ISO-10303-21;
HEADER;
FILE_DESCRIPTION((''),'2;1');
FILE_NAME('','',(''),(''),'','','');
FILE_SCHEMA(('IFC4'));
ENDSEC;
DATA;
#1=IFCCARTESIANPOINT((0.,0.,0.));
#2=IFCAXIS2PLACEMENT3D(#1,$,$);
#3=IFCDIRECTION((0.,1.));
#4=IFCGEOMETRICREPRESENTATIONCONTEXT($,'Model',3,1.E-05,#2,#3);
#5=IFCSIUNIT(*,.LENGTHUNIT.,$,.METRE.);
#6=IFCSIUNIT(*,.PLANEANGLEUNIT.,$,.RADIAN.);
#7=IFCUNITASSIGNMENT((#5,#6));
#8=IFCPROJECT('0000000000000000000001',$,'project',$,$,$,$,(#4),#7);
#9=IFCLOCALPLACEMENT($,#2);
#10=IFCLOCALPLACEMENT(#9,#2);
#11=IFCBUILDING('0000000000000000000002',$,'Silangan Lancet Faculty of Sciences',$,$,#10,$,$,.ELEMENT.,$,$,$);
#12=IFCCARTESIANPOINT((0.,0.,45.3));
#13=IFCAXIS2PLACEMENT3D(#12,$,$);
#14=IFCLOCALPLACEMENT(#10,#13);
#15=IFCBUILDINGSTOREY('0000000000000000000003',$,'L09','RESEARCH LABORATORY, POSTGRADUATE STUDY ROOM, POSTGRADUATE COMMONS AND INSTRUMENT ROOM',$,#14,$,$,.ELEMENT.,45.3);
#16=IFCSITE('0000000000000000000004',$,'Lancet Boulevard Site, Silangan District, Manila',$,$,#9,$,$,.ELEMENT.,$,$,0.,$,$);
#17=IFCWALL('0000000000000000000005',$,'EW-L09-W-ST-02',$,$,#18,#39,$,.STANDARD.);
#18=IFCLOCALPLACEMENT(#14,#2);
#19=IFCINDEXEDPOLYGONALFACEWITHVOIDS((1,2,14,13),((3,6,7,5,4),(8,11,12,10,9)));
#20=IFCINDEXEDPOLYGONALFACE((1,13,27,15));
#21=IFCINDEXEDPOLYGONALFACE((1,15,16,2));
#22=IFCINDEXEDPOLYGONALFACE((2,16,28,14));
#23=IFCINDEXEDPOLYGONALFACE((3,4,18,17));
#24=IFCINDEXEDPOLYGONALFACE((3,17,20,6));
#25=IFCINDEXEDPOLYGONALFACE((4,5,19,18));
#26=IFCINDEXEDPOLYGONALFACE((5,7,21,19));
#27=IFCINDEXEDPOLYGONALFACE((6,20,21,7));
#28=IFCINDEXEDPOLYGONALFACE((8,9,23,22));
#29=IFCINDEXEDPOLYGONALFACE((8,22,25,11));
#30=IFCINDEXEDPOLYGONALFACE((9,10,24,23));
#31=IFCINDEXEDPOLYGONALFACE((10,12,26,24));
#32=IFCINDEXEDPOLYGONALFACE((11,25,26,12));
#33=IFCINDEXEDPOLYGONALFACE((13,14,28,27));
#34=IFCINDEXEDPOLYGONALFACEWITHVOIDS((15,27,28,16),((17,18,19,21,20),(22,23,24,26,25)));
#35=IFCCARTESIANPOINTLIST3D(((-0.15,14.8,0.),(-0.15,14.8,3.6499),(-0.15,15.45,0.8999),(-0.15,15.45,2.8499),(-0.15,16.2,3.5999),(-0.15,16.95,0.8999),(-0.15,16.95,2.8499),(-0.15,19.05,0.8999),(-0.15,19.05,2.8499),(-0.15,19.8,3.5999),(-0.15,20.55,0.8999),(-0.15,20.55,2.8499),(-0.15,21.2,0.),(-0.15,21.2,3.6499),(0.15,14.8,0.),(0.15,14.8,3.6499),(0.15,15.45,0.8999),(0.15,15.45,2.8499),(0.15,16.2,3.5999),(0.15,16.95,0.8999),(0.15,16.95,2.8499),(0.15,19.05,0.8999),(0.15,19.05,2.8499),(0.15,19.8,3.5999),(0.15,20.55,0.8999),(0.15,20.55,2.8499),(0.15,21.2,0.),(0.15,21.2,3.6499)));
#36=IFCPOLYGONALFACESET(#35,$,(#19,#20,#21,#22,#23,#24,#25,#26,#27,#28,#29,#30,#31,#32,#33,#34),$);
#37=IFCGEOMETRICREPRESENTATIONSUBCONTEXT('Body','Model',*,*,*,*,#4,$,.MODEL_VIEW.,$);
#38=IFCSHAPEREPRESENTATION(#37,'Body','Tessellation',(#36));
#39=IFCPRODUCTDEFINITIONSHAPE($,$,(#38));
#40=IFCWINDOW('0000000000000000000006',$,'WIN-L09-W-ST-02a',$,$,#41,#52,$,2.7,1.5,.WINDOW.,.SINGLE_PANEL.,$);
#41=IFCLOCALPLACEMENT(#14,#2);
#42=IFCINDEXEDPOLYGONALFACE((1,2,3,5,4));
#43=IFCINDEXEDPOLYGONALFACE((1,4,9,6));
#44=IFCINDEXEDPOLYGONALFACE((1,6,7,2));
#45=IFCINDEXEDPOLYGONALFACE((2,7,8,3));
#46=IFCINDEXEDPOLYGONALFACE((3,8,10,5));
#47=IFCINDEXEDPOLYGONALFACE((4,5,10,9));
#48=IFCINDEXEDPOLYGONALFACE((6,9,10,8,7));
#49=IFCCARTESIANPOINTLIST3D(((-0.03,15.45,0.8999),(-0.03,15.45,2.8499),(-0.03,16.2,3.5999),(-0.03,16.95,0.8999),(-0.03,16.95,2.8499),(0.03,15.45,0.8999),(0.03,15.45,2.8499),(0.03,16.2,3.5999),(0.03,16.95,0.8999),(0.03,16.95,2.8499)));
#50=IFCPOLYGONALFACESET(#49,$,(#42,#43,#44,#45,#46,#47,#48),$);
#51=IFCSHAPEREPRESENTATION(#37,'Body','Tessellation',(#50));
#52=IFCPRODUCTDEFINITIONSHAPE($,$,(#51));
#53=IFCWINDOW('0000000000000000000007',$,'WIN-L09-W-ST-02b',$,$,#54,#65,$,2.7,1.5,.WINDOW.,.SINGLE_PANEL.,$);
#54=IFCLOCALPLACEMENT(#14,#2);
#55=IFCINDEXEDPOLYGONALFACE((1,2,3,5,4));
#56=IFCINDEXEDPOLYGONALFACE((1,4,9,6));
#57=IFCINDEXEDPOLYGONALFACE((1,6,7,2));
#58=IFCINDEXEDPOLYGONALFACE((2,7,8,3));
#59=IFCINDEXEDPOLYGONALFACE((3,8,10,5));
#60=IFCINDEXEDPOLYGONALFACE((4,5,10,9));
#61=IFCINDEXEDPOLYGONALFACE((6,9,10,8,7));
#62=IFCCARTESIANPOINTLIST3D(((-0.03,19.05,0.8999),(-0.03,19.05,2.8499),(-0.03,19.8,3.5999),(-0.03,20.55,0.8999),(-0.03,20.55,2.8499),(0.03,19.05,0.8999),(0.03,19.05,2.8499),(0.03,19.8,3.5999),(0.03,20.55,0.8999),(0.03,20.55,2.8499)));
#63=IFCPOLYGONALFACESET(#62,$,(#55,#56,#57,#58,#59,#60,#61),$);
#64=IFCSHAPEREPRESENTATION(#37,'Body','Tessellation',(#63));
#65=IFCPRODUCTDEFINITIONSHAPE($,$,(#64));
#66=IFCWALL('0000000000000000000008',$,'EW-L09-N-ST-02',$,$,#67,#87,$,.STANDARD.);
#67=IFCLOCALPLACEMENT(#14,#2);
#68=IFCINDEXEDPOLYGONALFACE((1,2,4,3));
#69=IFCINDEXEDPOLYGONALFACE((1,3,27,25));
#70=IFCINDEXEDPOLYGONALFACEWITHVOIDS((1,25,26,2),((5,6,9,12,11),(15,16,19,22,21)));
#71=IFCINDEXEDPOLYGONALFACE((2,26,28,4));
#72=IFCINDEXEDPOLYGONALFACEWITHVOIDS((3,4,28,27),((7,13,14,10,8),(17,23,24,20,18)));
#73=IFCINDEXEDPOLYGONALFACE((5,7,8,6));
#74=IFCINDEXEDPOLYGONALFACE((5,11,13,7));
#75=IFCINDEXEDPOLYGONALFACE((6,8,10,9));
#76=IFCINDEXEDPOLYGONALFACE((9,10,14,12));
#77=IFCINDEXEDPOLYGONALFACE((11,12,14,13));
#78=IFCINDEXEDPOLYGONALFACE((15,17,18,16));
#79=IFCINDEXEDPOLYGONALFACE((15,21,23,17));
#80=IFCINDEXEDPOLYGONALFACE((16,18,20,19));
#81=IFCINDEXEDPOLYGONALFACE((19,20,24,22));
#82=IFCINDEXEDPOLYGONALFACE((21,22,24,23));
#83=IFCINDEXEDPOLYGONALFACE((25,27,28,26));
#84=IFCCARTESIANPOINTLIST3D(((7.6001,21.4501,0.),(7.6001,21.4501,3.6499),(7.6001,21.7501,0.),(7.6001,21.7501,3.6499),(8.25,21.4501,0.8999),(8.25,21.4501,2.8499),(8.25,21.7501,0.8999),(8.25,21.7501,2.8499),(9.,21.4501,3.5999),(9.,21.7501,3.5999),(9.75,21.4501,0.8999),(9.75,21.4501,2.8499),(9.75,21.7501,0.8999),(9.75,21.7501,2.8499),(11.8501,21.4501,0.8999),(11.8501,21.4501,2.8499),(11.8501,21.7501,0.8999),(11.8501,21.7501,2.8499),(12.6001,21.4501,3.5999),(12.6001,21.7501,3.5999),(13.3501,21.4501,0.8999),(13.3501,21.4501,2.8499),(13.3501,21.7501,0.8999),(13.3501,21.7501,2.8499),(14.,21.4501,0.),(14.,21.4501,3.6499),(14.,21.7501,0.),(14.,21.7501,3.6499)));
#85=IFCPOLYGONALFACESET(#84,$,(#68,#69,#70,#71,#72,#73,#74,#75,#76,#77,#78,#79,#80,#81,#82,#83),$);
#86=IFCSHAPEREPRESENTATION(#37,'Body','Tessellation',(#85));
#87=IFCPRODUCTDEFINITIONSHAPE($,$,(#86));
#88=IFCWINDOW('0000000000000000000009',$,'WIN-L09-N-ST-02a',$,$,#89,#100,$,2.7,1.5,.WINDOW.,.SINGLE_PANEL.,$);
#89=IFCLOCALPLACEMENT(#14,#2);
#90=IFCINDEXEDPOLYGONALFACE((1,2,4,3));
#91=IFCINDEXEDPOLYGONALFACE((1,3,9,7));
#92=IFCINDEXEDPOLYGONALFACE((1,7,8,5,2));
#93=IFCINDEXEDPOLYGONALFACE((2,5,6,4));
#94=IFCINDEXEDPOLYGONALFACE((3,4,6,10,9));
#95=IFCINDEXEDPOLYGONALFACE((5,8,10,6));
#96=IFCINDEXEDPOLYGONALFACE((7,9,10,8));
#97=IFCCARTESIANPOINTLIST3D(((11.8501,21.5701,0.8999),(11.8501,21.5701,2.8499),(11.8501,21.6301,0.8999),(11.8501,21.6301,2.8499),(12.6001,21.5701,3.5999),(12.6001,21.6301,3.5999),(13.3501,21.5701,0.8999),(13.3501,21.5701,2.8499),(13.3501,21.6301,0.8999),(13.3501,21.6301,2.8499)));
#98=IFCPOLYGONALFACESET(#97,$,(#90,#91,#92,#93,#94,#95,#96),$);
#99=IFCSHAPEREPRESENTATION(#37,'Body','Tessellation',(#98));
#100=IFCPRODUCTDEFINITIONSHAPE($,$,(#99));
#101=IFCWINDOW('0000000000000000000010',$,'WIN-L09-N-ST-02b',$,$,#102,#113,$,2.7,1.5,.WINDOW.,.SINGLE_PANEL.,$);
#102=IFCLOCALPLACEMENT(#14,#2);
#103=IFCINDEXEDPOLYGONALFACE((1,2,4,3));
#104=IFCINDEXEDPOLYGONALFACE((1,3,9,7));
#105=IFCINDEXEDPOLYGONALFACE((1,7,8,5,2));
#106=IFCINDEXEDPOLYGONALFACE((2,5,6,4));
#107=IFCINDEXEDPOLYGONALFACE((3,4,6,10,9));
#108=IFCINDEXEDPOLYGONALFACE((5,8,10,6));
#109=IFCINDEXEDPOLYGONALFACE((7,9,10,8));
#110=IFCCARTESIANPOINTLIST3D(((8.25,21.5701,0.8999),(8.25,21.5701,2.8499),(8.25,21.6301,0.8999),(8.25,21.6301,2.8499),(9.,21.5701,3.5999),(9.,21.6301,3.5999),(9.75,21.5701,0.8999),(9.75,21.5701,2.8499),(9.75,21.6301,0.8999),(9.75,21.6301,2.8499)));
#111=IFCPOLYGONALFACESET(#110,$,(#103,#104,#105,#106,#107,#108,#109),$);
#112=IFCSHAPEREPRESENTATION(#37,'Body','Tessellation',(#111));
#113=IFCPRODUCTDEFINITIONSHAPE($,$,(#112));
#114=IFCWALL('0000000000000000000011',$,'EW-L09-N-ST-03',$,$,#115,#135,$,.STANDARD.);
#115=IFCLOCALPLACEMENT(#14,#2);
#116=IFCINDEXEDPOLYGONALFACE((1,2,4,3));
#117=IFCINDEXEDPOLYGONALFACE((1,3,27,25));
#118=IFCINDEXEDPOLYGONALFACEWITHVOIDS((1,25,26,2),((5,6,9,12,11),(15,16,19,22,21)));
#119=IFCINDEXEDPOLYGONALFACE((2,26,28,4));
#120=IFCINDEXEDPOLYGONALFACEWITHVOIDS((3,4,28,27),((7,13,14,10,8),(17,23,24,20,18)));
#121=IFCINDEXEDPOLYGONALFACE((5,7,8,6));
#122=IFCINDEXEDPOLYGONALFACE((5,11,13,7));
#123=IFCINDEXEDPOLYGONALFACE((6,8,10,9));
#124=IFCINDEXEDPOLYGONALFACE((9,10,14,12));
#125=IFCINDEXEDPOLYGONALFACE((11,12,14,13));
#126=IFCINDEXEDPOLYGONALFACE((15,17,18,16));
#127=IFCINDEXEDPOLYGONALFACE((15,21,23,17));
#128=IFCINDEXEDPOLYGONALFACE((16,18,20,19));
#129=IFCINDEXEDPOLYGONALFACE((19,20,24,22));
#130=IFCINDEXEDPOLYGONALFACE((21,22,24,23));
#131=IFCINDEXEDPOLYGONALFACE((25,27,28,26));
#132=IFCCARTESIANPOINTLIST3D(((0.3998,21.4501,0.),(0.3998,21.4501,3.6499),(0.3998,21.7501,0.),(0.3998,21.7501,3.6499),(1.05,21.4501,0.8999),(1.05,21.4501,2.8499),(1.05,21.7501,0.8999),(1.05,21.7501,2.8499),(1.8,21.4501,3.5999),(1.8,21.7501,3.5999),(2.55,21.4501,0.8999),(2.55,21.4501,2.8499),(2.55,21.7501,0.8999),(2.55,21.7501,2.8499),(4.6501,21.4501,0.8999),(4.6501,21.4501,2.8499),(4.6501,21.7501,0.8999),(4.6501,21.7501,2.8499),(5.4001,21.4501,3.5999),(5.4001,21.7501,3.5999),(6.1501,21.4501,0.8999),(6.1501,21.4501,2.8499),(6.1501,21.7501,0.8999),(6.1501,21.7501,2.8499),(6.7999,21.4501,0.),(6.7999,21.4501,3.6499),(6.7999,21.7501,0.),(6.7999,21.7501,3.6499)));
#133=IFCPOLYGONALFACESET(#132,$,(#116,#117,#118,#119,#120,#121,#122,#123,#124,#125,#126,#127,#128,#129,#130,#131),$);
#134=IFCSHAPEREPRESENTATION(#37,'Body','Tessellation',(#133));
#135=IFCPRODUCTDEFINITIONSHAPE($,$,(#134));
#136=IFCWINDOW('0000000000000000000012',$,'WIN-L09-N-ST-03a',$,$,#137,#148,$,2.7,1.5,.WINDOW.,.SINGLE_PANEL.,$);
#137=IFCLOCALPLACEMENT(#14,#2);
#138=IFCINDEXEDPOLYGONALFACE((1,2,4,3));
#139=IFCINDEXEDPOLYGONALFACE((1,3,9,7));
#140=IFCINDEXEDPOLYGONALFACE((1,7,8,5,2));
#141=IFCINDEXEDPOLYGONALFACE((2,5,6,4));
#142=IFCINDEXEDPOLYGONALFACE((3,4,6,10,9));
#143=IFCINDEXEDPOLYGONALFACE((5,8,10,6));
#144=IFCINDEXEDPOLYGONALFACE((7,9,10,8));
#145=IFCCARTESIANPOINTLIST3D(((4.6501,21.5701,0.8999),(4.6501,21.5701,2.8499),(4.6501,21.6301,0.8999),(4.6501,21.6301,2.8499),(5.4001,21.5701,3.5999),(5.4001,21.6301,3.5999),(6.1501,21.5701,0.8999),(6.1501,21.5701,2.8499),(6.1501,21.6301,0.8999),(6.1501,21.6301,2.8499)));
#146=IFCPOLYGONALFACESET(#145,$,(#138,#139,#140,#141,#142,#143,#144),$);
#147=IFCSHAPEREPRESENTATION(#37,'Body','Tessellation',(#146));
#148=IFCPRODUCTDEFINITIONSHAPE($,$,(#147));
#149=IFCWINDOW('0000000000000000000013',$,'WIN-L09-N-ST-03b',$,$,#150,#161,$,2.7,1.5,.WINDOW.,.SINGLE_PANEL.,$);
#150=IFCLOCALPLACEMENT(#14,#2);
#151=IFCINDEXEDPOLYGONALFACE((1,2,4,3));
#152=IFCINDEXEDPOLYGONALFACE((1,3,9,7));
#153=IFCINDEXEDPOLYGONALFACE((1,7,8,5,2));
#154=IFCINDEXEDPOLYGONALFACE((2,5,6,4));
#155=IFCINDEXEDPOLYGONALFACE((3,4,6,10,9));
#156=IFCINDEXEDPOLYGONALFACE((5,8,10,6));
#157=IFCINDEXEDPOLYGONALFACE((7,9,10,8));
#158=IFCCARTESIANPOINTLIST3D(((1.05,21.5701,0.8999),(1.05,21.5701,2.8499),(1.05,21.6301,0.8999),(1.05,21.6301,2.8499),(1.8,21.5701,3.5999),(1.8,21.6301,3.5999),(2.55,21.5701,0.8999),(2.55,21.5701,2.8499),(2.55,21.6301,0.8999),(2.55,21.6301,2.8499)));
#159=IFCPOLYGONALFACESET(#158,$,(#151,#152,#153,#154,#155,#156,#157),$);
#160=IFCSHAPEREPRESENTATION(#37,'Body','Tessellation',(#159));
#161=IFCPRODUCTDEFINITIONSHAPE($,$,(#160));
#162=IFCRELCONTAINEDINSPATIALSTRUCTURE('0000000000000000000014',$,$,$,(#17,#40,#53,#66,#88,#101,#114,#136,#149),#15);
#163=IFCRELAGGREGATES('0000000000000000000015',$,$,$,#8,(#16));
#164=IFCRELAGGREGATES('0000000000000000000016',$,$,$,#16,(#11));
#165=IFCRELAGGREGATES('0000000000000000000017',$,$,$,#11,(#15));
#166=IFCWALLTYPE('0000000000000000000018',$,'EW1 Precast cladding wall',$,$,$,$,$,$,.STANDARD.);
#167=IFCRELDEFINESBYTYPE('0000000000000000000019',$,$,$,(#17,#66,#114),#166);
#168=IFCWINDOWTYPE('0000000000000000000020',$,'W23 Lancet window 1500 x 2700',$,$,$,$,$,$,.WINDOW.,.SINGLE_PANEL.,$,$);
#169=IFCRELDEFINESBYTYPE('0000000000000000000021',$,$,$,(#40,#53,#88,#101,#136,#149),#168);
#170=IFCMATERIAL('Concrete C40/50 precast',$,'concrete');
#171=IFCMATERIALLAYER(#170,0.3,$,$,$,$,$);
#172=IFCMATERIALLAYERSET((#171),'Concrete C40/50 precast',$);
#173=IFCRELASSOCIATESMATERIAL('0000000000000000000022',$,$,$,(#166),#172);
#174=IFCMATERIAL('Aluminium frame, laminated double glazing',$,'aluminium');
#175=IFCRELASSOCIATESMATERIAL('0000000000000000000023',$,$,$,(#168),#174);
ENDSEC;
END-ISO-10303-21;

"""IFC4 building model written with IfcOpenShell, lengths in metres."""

from ifc_helpers import new_model, si_unit, direction, frame, frame_2d, origin, place, context, subcontext, project, spatial, polyline, rectangle, outline, extrude, material, layer, layer_set, type_object, element, fill, save


model = new_model("IFC4")

# Units and contexts
model_context = context("Model", 3, precision=1e-05, world=origin(), true_north=direction((0.0, 1.0)))
body_context = subcontext(model_context, "Body", "Model", "MODEL_VIEW")
ifc_project = project(units=[si_unit("LENGTHUNIT", "METRE"), si_unit("PLANEANGLEUNIT", "RADIAN")], contexts=[model_context])

# Site, building, storey
site_placement = place(None, origin())
site = spatial("IfcSite", under=ifc_project, at=site_placement, Name="Lancet Boulevard Site, Silangan District, Manila", CompositionType="ELEMENT", RefElevation=0.0)
building_placement = place(site_placement, origin())
building = spatial("IfcBuilding", under=site, at=building_placement, Name="Silangan Lancet Faculty of Sciences", CompositionType="ELEMENT")
storey_placement = place(building_placement, frame((0.0, 0.0, 45.3)))
storey = spatial("IfcBuildingStorey", under=building, at=storey_placement, Name="L09", Description="RESEARCH LABORATORY, POSTGRADUATE STUDY ROOM, POSTGRADUATE COMMONS AND INSTRUMENT ROOM", CompositionType="ELEMENT", Elevation=45.3)

# Walls, openings, windows
ifc_material_1 = material(Name="Concrete C40/50 precast", Category="concrete")
ifc_layer_1 = layer(ifc_material_1, 0.3)
ifc_layer_set_1 = layer_set([ifc_layer_1], Name="Concrete C40/50 precast")
wall_type_1 = type_object("IfcWallType", Name="EW1 Precast cladding wall", PredefinedType="STANDARD", material=ifc_layer_set_1)
wall_1_placement = place(storey_placement, frame((0.0, 14.8, 0.0), z_axis=(0.0, 0.0, 1.0), x_axis=(0.0, 1.0, 0.0)))
wall_1 = element("IfcWall", 1, at=wall_1_placement, inside=storey, type_object=wall_type_1, Name="EW-L09-W-ST-02", PredefinedType="STANDARD", context=body_context, shape_type="SweptSolid", body=[
    extrude(rectangle(XDim=6.3999, YDim=0.3, at=frame_2d((3.2, 0.0))), origin(), (0.0, 0.0, 1.0), 3.6499),
])
opening_1_placement = place(wall_1_placement, frame((0.6499, 0.0, 0.8999)))
opening_1 = element("IfcOpeningElement", 2, at=opening_1_placement, cuts=wall_1, PredefinedType="OPENING", context=body_context, shape_type="SweptSolid", body=[
    extrude(outline(polyline([(0.0, 0.0), (1.5, 0.0), (1.5, 1.95), (0.75, 2.7), (0.0, 1.95), (0.0, 0.0)])), frame((0.0, 0.1599, 0.0), z_axis=(0.0, -1.0, 0.0), x_axis=(1.0, 0.0, 0.0)), (0.0, 0.0, 1.0), 0.3201),
])
opening_2_placement = place(wall_1_placement, frame((4.25, 0.0, 0.8999)))
opening_2 = element("IfcOpeningElement", 3, at=opening_2_placement, cuts=wall_1, PredefinedType="OPENING", context=body_context, shape_type="SweptSolid", body=[
    extrude(outline(polyline([(0.0, 0.0), (1.5, 0.0), (1.5, 1.95), (0.75, 2.7), (0.0, 1.95), (0.0, 0.0)])), frame((0.0, 0.1599, 0.0), z_axis=(0.0, -1.0, 0.0), x_axis=(1.0, 0.0, 0.0)), (0.0, 0.0, 1.0), 0.3201),
])
ifc_material_2 = material(Name="Aluminium frame, laminated double glazing", Category="aluminium")
window_type = type_object("IfcWindowType", Name="W23 Lancet window 1500 x 2700", PartitioningType="SINGLE_PANEL", PredefinedType="WINDOW", material=ifc_material_2)
window_1_placement = place(opening_1_placement, origin())
window_1 = element("IfcWindow", 4, at=window_1_placement, inside=storey, type_object=window_type, Name="WIN-L09-W-ST-02a", OverallHeight=2.7, OverallWidth=1.5, PartitioningType="SINGLE_PANEL", PredefinedType="WINDOW", context=body_context, shape_type="SweptSolid", body=[
    extrude(outline(polyline([(0.0, 0.0), (1.5, 0.0), (1.5, 1.95), (0.75, 2.7), (0.0, 1.95), (0.0, 0.0)])), frame((0.0, 0.03, 0.0), z_axis=(0.0, -1.0, 0.0), x_axis=(1.0, 0.0, 0.0)), (0.0, 0.0, 1.0), 0.0601),
])
fill(opening_1, window_1)
window_2_placement = place(opening_2_placement, origin())
window_2 = element("IfcWindow", 5, at=window_2_placement, inside=storey, type_object=window_type, Name="WIN-L09-W-ST-02b", OverallHeight=2.7, OverallWidth=1.5, PartitioningType="SINGLE_PANEL", PredefinedType="WINDOW", context=body_context, shape_type="SweptSolid", body=[
    extrude(outline(polyline([(0.0, 0.0), (1.5, 0.0), (1.5, 1.95), (0.75, 2.7), (0.0, 1.95), (0.0, 0.0)])), frame((0.0, 0.03, 0.0), z_axis=(0.0, -1.0, 0.0), x_axis=(1.0, 0.0, 0.0)), (0.0, 0.0, 1.0), 0.0601),
])
fill(opening_2, window_2)
wall_2_placement = place(storey_placement, frame((14.0, 21.6001, 0.0), z_axis=(0.0, 0.0, 1.0), x_axis=(-1.0, 0.0, 0.0)))
wall_2 = element("IfcWall", 6, at=wall_2_placement, inside=storey, type_object=wall_type_1, Name="EW-L09-N-ST-02", PredefinedType="STANDARD", context=body_context, shape_type="SweptSolid", body=[
    extrude(rectangle(XDim=6.3999, YDim=0.3, at=frame_2d((3.2, 0.0))), origin(), (0.0, 0.0, 1.0), 3.6499),
])
opening_3_placement = place(wall_2_placement, frame((0.6499, 0.0, 0.8999)))
opening_3 = element("IfcOpeningElement", 7, at=opening_3_placement, cuts=wall_2, PredefinedType="OPENING", context=body_context, shape_type="SweptSolid", body=[
    extrude(outline(polyline([(0.0, 0.0), (1.5, 0.0), (1.5, 1.95), (0.75, 2.7), (0.0, 1.95), (0.0, 0.0)])), frame((0.0, 0.1599, 0.0), z_axis=(0.0, -1.0, 0.0), x_axis=(1.0, 0.0, 0.0)), (0.0, 0.0, 1.0), 0.3201),
])
opening_4_placement = place(wall_2_placement, frame((4.25, 0.0, 0.8999)))
opening_4 = element("IfcOpeningElement", 8, at=opening_4_placement, cuts=wall_2, PredefinedType="OPENING", context=body_context, shape_type="SweptSolid", body=[
    extrude(outline(polyline([(0.0, 0.0), (1.5, 0.0), (1.5, 1.95), (0.75, 2.7), (0.0, 1.95), (0.0, 0.0)])), frame((0.0, 0.1599, 0.0), z_axis=(0.0, -1.0, 0.0), x_axis=(1.0, 0.0, 0.0)), (0.0, 0.0, 1.0), 0.3201),
])
window_3_placement = place(opening_3_placement, origin())
window_3 = element("IfcWindow", 9, at=window_3_placement, inside=storey, type_object=window_type, Name="WIN-L09-N-ST-02a", OverallHeight=2.7, OverallWidth=1.5, PartitioningType="SINGLE_PANEL", PredefinedType="WINDOW", context=body_context, shape_type="SweptSolid", body=[
    extrude(outline(polyline([(0.0, 0.0), (1.5, 0.0), (1.5, 1.95), (0.75, 2.7), (0.0, 1.95), (0.0, 0.0)])), frame((0.0, 0.03, 0.0), z_axis=(0.0, -1.0, 0.0), x_axis=(1.0, 0.0, 0.0)), (0.0, 0.0, 1.0), 0.0601),
])
fill(opening_3, window_3)
window_4_placement = place(opening_4_placement, origin())
window_4 = element("IfcWindow", 10, at=window_4_placement, inside=storey, type_object=window_type, Name="WIN-L09-N-ST-02b", OverallHeight=2.7, OverallWidth=1.5, PartitioningType="SINGLE_PANEL", PredefinedType="WINDOW", context=body_context, shape_type="SweptSolid", body=[
    extrude(outline(polyline([(0.0, 0.0), (1.5, 0.0), (1.5, 1.95), (0.75, 2.7), (0.0, 1.95), (0.0, 0.0)])), frame((0.0, 0.03, 0.0), z_axis=(0.0, -1.0, 0.0), x_axis=(1.0, 0.0, 0.0)), (0.0, 0.0, 1.0), 0.0601),
])
fill(opening_4, window_4)
wall_3_placement = place(storey_placement, frame((6.8, 21.6001, 0.0), z_axis=(0.0, 0.0, 1.0), x_axis=(-1.0, 0.0, 0.0)))
wall_3 = element("IfcWall", 11, at=wall_3_placement, inside=storey, type_object=wall_type_1, Name="EW-L09-N-ST-03", PredefinedType="STANDARD", context=body_context, shape_type="SweptSolid", body=[
    extrude(rectangle(XDim=6.4001, YDim=0.3, at=frame_2d((3.2002, 0.0))), origin(), (0.0, 0.0, 1.0), 3.6499),
])
opening_5_placement = place(wall_3_placement, frame((0.6499, 0.0, 0.8999)))
opening_5 = element("IfcOpeningElement", 12, at=opening_5_placement, cuts=wall_3, PredefinedType="OPENING", context=body_context, shape_type="SweptSolid", body=[
    extrude(outline(polyline([(0.0, 0.0), (1.5, 0.0), (1.5, 1.95), (0.75, 2.7), (0.0, 1.95), (0.0, 0.0)])), frame((0.0, 0.1599, 0.0), z_axis=(0.0, -1.0, 0.0), x_axis=(1.0, 0.0, 0.0)), (0.0, 0.0, 1.0), 0.3201),
])
opening_6_placement = place(wall_3_placement, frame((4.25, 0.0, 0.8999)))
opening_6 = element("IfcOpeningElement", 13, at=opening_6_placement, cuts=wall_3, PredefinedType="OPENING", context=body_context, shape_type="SweptSolid", body=[
    extrude(outline(polyline([(0.0, 0.0), (1.5, 0.0), (1.5, 1.95), (0.75, 2.7), (0.0, 1.95), (0.0, 0.0)])), frame((0.0, 0.1599, 0.0), z_axis=(0.0, -1.0, 0.0), x_axis=(1.0, 0.0, 0.0)), (0.0, 0.0, 1.0), 0.3201),
])
window_5_placement = place(opening_5_placement, origin())
window_5 = element("IfcWindow", 14, at=window_5_placement, inside=storey, type_object=window_type, Name="WIN-L09-N-ST-03a", OverallHeight=2.7, OverallWidth=1.5, PartitioningType="SINGLE_PANEL", PredefinedType="WINDOW", context=body_context, shape_type="SweptSolid", body=[
    extrude(outline(polyline([(0.0, 0.0), (1.5, 0.0), (1.5, 1.95), (0.75, 2.7), (0.0, 1.95), (0.0, 0.0)])), frame((0.0, 0.03, 0.0), z_axis=(0.0, -1.0, 0.0), x_axis=(1.0, 0.0, 0.0)), (0.0, 0.0, 1.0), 0.0601),
])
fill(opening_5, window_5)
window_6_placement = place(opening_6_placement, origin())
window_6 = element("IfcWindow", 15, at=window_6_placement, inside=storey, type_object=window_type, Name="WIN-L09-N-ST-03b", OverallHeight=2.7, OverallWidth=1.5, PartitioningType="SINGLE_PANEL", PredefinedType="WINDOW", context=body_context, shape_type="SweptSolid", body=[
    extrude(outline(polyline([(0.0, 0.0), (1.5, 0.0), (1.5, 1.95), (0.75, 2.7), (0.0, 1.95), (0.0, 0.0)])), frame((0.0, 0.03, 0.0), z_axis=(0.0, -1.0, 0.0), x_axis=(1.0, 0.0, 0.0)), (0.0, 0.0, 1.0), 0.0601),
])
fill(opening_6, window_6)

save(model, "model.ifc")
